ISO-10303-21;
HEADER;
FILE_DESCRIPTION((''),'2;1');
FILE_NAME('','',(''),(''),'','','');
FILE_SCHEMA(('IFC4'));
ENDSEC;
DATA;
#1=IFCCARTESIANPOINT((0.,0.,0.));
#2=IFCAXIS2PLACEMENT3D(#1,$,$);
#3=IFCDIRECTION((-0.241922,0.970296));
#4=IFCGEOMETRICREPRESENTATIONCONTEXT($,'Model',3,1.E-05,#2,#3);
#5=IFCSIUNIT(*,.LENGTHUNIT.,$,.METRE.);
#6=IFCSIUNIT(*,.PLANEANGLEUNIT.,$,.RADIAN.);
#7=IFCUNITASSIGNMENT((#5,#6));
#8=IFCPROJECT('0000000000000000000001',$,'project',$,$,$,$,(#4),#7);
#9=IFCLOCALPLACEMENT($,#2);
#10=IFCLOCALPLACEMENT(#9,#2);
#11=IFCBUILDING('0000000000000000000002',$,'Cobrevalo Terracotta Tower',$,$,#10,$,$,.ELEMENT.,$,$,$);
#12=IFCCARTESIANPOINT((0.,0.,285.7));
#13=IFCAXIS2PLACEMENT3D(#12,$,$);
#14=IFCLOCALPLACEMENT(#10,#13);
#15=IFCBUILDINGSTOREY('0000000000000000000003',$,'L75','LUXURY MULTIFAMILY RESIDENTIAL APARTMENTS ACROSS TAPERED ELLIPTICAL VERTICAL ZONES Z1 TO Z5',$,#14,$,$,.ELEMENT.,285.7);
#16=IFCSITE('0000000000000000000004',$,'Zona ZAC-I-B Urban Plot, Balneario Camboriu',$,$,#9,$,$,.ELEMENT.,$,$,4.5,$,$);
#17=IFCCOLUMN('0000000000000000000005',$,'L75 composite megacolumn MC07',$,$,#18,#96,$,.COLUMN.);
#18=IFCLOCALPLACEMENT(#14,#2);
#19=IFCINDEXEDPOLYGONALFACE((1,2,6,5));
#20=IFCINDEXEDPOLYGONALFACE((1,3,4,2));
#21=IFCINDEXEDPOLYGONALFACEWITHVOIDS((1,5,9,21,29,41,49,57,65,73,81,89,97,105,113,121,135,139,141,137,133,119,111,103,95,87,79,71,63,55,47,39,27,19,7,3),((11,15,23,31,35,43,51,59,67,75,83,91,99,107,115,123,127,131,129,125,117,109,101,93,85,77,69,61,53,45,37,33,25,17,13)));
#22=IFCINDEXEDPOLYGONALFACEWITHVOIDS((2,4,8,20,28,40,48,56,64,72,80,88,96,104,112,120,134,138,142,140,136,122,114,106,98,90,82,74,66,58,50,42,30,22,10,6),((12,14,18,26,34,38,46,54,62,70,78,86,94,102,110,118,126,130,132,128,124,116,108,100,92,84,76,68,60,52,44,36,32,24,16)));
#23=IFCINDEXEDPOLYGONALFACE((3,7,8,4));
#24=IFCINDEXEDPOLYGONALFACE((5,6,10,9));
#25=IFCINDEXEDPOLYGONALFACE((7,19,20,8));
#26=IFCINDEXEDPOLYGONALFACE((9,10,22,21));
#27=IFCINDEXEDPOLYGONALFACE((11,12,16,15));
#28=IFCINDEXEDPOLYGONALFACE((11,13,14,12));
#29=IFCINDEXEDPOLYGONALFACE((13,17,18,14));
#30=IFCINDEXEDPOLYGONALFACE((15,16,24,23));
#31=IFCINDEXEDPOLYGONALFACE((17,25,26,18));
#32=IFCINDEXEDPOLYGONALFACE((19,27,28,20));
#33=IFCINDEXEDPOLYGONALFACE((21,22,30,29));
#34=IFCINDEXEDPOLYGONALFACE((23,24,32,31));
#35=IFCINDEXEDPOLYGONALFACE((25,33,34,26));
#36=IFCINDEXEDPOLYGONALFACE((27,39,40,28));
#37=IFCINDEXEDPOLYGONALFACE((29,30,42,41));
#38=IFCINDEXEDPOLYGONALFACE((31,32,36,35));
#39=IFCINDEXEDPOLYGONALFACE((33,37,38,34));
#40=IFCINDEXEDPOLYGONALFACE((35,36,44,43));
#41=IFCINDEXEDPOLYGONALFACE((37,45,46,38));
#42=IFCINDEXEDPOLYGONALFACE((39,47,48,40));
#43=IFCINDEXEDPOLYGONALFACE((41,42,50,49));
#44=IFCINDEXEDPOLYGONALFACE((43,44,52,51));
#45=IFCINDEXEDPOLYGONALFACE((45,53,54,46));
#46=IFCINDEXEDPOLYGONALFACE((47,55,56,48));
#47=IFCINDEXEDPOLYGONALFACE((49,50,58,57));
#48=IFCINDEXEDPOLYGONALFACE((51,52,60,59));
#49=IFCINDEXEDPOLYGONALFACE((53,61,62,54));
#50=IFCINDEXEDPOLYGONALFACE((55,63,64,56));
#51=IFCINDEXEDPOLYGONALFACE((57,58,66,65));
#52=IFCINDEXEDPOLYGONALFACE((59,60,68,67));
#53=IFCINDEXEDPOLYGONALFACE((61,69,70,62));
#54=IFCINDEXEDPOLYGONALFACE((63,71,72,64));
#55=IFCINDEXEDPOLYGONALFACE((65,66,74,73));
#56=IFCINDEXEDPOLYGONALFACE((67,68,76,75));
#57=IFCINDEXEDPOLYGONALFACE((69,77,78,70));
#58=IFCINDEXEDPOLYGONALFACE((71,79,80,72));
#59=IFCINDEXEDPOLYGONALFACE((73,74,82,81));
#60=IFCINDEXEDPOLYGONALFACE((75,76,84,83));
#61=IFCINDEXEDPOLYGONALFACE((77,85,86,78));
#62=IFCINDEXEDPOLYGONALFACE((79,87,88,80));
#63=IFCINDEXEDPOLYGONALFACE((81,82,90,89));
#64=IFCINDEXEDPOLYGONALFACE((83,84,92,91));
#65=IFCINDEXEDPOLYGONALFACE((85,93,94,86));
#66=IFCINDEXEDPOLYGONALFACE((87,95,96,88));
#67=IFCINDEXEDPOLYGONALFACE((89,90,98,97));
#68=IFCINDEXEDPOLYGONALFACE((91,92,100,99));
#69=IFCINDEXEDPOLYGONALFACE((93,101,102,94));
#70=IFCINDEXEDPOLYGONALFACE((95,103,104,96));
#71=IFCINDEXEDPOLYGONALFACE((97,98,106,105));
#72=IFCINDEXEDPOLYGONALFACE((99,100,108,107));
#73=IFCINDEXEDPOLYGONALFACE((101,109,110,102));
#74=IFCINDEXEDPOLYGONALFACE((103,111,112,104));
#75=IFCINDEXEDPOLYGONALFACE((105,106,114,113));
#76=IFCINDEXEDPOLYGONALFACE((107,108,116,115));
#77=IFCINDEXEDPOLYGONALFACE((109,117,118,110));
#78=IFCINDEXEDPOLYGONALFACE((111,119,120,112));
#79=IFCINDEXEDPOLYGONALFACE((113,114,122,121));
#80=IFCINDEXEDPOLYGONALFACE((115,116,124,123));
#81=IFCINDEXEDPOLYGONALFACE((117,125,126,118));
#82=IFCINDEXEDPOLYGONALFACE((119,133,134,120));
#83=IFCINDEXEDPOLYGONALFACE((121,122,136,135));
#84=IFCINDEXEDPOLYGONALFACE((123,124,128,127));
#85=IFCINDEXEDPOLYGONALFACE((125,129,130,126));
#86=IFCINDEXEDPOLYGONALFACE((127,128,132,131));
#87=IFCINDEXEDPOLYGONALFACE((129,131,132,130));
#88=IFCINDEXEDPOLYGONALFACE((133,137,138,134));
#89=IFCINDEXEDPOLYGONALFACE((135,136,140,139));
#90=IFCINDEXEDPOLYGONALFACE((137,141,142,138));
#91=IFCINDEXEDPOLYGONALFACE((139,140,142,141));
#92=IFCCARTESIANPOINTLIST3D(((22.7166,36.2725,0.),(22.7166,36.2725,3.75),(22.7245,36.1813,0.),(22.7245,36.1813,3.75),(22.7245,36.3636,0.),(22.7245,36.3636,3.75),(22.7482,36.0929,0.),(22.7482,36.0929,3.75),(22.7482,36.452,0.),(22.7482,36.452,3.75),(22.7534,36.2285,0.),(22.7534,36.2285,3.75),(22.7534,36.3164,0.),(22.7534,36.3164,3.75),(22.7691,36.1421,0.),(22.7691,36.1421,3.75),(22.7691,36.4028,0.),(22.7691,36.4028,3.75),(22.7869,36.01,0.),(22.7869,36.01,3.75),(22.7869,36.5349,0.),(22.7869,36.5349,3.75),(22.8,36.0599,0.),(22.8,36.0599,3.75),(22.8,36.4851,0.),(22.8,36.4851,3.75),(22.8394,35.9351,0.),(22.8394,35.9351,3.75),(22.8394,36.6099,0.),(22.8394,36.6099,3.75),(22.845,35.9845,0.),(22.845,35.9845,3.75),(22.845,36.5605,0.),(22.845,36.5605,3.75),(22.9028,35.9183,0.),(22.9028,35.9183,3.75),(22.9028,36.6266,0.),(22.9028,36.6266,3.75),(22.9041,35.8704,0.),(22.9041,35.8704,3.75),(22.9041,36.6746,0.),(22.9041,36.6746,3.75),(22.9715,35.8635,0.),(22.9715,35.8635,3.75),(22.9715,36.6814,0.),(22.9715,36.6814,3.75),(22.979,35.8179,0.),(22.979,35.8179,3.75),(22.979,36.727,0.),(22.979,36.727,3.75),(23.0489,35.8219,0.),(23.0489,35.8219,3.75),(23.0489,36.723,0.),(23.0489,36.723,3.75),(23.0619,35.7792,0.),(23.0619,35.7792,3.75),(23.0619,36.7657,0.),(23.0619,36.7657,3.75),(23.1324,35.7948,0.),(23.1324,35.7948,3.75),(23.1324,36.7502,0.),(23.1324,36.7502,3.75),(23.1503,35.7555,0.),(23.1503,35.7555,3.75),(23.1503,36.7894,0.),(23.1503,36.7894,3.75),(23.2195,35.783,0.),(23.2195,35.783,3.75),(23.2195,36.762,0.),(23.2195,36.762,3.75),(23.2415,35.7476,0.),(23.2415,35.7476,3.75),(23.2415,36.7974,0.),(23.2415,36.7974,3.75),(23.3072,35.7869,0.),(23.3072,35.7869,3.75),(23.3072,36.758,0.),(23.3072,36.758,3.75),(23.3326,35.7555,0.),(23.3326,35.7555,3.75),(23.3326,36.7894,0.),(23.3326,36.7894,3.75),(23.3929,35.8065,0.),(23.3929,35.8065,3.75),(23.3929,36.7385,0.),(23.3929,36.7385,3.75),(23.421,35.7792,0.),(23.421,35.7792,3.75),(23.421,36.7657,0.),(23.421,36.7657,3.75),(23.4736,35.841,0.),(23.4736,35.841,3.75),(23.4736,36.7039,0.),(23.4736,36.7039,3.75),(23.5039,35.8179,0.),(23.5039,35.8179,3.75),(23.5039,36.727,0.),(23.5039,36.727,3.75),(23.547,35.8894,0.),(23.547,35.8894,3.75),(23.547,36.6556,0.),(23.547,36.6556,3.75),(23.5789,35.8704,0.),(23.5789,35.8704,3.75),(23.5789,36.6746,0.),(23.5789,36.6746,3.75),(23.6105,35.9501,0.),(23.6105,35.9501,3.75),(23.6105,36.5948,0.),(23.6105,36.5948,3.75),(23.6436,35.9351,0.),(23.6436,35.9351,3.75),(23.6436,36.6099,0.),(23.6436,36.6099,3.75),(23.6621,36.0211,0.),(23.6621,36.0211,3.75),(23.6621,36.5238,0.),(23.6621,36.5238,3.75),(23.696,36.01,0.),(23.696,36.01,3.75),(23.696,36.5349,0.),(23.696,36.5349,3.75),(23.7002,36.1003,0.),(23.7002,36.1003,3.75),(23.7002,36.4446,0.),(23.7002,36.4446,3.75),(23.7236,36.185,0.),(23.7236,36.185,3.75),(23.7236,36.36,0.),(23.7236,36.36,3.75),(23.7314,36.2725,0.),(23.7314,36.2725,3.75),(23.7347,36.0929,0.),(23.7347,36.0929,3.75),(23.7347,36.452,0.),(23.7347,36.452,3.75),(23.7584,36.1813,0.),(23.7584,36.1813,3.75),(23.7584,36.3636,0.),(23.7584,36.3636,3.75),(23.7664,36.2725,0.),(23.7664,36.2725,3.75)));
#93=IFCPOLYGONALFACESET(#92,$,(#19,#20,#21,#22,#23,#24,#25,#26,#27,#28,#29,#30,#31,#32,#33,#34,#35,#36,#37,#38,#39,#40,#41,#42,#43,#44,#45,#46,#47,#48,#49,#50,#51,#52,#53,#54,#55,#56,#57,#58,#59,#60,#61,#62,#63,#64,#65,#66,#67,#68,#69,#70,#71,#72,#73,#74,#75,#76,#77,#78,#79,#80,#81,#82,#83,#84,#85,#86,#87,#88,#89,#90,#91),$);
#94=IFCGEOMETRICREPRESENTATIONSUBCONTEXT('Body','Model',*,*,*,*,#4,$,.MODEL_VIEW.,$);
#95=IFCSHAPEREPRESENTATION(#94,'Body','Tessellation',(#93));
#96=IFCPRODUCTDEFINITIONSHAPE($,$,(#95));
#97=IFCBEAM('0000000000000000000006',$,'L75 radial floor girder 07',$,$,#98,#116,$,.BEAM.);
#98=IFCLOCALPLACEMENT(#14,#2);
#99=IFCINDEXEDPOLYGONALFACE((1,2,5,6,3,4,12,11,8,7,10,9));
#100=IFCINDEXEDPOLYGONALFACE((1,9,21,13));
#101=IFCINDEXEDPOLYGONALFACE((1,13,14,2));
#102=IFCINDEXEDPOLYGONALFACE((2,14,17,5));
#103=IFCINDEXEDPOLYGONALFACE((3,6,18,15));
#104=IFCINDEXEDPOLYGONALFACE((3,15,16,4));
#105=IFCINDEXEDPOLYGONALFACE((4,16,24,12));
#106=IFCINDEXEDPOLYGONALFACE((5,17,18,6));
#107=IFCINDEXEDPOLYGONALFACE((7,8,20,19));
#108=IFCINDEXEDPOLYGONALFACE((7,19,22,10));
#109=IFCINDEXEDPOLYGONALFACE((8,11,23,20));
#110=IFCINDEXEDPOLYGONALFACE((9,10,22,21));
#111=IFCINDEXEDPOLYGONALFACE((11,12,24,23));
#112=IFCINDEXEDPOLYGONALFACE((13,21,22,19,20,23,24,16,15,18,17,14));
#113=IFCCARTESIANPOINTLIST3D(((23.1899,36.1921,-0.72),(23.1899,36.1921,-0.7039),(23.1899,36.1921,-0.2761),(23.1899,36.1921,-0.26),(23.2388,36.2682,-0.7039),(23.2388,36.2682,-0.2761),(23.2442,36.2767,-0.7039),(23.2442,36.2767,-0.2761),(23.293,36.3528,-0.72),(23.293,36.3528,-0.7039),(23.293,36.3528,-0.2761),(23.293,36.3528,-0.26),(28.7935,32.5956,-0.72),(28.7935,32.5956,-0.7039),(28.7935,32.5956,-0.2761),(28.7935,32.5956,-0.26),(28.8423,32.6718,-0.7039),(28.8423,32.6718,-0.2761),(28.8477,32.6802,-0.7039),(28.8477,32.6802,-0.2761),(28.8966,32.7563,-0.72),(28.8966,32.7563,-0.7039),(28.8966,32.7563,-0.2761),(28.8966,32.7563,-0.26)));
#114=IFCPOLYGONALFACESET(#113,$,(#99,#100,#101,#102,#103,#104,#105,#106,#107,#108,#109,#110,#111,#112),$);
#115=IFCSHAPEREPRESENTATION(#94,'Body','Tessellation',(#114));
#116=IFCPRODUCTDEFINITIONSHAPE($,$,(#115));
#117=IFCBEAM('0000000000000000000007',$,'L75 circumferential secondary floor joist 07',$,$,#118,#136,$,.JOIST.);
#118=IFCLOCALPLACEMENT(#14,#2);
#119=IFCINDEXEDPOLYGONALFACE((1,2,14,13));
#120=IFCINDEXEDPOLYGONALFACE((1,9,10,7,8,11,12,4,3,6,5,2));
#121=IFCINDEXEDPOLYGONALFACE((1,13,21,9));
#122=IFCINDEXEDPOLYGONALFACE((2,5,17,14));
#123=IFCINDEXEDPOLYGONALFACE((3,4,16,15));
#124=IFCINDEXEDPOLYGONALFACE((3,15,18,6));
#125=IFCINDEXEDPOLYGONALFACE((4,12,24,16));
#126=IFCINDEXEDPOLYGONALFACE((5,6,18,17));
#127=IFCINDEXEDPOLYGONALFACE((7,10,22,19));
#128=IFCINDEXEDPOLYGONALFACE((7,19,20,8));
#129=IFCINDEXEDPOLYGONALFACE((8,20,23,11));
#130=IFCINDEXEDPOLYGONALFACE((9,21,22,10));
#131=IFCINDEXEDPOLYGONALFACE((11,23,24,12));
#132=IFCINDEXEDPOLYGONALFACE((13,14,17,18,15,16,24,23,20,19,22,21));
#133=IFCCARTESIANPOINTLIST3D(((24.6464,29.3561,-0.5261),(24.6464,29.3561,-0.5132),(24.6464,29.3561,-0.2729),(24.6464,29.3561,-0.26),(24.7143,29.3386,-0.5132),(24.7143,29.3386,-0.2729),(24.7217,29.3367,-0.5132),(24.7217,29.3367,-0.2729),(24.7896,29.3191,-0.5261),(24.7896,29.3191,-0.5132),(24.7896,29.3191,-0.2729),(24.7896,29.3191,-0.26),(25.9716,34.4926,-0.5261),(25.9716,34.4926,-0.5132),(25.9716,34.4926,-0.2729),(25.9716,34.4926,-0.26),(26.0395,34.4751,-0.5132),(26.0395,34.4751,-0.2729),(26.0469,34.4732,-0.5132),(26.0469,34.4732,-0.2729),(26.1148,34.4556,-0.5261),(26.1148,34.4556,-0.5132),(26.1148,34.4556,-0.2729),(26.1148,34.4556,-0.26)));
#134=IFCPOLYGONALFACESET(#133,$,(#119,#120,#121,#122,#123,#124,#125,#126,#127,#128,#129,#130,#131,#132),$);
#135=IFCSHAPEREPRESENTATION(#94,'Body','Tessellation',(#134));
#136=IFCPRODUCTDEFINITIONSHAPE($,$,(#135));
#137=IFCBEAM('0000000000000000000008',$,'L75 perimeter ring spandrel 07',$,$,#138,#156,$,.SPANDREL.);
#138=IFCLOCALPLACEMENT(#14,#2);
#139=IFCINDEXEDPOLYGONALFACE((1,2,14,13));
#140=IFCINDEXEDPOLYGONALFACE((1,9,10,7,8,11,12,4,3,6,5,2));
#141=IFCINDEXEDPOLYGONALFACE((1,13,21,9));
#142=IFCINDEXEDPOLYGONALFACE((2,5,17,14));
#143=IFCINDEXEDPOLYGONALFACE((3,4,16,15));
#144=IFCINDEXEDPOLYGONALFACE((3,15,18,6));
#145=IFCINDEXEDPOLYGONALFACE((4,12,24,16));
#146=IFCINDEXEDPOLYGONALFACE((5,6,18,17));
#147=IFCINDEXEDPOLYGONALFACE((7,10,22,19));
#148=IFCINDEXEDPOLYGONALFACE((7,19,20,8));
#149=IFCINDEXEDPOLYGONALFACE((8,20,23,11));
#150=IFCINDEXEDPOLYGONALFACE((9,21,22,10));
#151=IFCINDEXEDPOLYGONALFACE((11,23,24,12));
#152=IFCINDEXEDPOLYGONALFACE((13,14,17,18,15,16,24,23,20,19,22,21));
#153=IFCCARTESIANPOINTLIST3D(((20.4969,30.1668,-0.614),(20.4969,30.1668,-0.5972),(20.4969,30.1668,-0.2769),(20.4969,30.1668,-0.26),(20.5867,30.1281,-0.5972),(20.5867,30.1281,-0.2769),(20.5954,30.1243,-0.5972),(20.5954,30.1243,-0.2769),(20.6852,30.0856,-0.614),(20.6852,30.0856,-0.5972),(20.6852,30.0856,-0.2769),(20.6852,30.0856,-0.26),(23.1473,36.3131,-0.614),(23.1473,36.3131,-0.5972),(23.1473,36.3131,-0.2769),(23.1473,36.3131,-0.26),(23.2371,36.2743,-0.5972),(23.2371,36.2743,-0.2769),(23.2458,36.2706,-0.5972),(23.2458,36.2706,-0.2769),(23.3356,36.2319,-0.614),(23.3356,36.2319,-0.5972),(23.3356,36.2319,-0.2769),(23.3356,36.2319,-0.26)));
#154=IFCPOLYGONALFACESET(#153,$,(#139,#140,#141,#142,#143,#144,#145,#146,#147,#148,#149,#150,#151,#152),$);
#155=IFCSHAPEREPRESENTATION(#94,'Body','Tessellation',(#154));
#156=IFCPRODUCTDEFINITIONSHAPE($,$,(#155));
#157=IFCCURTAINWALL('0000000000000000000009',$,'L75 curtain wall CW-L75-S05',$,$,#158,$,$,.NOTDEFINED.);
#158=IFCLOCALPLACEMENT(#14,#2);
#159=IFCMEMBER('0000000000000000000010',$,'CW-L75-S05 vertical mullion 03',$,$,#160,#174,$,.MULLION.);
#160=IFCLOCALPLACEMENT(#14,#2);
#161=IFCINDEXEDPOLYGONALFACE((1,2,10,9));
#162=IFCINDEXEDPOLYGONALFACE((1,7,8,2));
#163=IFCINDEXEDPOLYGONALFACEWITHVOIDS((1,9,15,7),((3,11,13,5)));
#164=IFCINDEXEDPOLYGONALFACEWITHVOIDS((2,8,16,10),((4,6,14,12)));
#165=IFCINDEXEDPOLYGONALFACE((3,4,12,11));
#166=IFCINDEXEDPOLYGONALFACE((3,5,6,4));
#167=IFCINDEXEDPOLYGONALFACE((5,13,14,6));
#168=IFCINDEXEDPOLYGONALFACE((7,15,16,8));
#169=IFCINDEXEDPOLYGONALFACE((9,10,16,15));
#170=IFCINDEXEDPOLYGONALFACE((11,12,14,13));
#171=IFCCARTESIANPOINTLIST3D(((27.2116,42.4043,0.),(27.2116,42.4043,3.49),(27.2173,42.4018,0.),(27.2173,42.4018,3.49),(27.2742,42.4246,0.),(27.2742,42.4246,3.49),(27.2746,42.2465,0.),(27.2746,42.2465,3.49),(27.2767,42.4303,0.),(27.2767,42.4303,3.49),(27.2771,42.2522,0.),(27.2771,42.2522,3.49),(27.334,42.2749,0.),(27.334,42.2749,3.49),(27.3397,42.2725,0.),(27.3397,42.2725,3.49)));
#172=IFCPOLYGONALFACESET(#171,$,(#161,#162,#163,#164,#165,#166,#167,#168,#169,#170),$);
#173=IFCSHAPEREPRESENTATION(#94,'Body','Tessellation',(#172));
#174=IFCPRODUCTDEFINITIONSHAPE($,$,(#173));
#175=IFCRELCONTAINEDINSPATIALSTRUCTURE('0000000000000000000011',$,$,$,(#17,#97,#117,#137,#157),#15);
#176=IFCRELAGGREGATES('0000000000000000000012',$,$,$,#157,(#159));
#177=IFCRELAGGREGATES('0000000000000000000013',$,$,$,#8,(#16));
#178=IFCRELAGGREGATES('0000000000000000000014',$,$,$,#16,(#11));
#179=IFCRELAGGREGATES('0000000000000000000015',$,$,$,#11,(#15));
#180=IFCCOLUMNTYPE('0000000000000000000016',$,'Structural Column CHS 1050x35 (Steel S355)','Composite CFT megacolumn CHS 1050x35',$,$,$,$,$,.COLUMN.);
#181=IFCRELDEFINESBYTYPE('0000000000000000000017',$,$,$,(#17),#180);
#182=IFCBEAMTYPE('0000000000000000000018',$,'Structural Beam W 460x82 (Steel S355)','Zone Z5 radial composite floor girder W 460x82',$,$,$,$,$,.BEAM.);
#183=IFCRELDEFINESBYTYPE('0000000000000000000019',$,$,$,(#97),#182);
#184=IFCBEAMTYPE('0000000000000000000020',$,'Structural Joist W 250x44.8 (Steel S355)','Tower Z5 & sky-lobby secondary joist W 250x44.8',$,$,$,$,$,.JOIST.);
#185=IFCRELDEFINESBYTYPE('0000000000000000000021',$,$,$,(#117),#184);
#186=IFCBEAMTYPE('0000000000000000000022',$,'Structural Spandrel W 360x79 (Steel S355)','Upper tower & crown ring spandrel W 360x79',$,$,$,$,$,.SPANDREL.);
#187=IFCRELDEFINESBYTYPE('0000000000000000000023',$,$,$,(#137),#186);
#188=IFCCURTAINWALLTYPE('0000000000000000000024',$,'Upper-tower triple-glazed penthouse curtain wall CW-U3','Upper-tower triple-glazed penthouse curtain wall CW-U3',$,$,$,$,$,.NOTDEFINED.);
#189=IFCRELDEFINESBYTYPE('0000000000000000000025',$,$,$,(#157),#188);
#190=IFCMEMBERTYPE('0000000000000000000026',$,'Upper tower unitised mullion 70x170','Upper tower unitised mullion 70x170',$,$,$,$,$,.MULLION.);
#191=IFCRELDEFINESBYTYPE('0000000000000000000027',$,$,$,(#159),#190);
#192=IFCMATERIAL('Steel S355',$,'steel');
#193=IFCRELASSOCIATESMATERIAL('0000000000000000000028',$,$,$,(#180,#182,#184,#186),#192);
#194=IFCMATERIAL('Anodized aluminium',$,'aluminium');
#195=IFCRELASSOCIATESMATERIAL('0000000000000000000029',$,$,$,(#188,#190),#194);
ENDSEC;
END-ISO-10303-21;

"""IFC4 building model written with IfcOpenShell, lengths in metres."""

from ifc_helpers import new_model, si_unit, direction, frame, origin, origin_2d, place, context, subcontext, project, spatial, hollow_rectangle, hollow_circle, i_section, extrude, source, transform, mapped, material, material_profile, profile_set, type_object, element, aggregate, save


model = new_model("IFC4")

# Units and contexts
model_context = context("Model", 3, precision=1e-05, world=origin(), true_north=direction((-0.241922, 0.970296)))
body_context = subcontext(model_context, "Body", "Model", "MODEL_VIEW")
ifc_project = project(units=[si_unit("LENGTHUNIT", "METRE"), si_unit("PLANEANGLEUNIT", "RADIAN")], contexts=[model_context])

# Site, building, storey
site_placement = place(None, origin())
site = spatial("IfcSite", under=ifc_project, at=site_placement, Name="Zona ZAC-I-B Urban Plot, Balneario Camboriu", CompositionType="ELEMENT", RefElevation=4.5)
building_placement = place(site_placement, origin())
building = spatial("IfcBuilding", under=site, at=building_placement, Name="Cobrevalo Terracotta Tower", CompositionType="ELEMENT")
storey_placement = place(building_placement, frame((0.0, 0.0, 285.7)))
storey = spatial("IfcBuildingStorey", under=building, at=storey_placement, Name="L75", Description="LUXURY MULTIFAMILY RESIDENTIAL APARTMENTS ACROSS TAPERED ELLIPTICAL VERTICAL ZONES Z1 TO Z5", CompositionType="ELEMENT", Elevation=285.7)

# Column
ifc_material_1 = material(Name="Steel S355", Category="steel")
ifc_material_profile_1 = material_profile(ifc_material_1, hollow_circle(Radius=0.5249, WallThickness=0.0349, at=origin_2d()), Name="CHS 1050x35")
ifc_profile_set_1 = profile_set([ifc_material_profile_1], Name="Steel S355")
column_type = type_object("IfcColumnType", Name="Structural Column CHS 1050x35 (Steel S355)", Description="Composite CFT megacolumn CHS 1050x35", PredefinedType="COLUMN", material=ifc_profile_set_1)
column_placement = place(storey_placement, frame((23.2415, 36.2725, 0.0), z_axis=(0.0, 0.0, 1.0), x_axis=(1.0, 0.0, 0.0)))
element("IfcColumn", 1, at=column_placement, inside=storey, type_object=column_type, Name="L75 composite megacolumn MC07", PredefinedType="COLUMN", context=body_context, shape_type="SweptSolid", body=[
    extrude(hollow_circle(Radius=0.5249, WallThickness=0.0349, at=origin_2d()), origin(), (0.0, 0.0, 1.0), 3.75),
])

# Beams
ifc_material_profile_2 = material_profile(ifc_material_1, i_section(OverallWidth=0.1909, OverallDepth=0.46, WebThickness=0.01, FlangeThickness=0.0161, at=origin_2d()), Name="W 460x82")
ifc_profile_set_2 = profile_set([ifc_material_profile_2], Name="Steel S355")
beam_type_1 = type_object("IfcBeamType", Name="Structural Beam W 460x82 (Steel S355)", Description="Zone Z5 radial composite floor girder W 460x82", PredefinedType="BEAM", material=ifc_profile_set_2)
beam_1_placement = place(storey_placement, frame((23.2415, 36.2725, -0.49), z_axis=(0.841576, -0.540138, 0.0), x_axis=(0.540138, 0.841576, 0.0)))
element("IfcBeam", 2, at=beam_1_placement, inside=storey, type_object=beam_type_1, Name="L75 radial floor girder 07", PredefinedType="BEAM", context=body_context, shape_type="SweptSolid", body=[
    extrude(i_section(OverallWidth=0.1909, OverallDepth=0.46, WebThickness=0.01, FlangeThickness=0.0161, at=origin_2d()), origin(), (0.0, 0.0, 1.0), 6.6584),
])
ifc_material_profile_3 = material_profile(ifc_material_1, i_section(OverallWidth=0.1479, OverallDepth=0.2661, WebThickness=0.0076, FlangeThickness=0.0129, at=origin_2d()), Name="W 250x44.8")
ifc_profile_set_3 = profile_set([ifc_material_profile_3], Name="Steel S355")
beam_type_2 = type_object("IfcBeamType", Name="Structural Joist W 250x44.8 (Steel S355)", Description="Tower Z5 & sky-lobby secondary joist W 250x44.8", PredefinedType="JOIST", material=ifc_profile_set_3)
beam_2_placement = place(storey_placement, frame((26.0432, 34.4741, -0.3931), z_axis=(-0.249817, -0.968293, 0.0), x_axis=(0.968293, -0.249817, 0.0)))
element("IfcBeam", 3, at=beam_2_placement, inside=storey, type_object=beam_type_2, Name="L75 circumferential secondary floor joist 07", PredefinedType="JOIST", context=body_context, shape_type="SweptSolid", body=[
    extrude(i_section(OverallWidth=0.1479, OverallDepth=0.2661, WebThickness=0.0076, FlangeThickness=0.0129, at=origin_2d()), origin(), (0.0, 0.0, 1.0), 5.3047),
])
ifc_material_profile_4 = material_profile(ifc_material_1, i_section(OverallWidth=0.2051, OverallDepth=0.354, WebThickness=0.0095, FlangeThickness=0.0168, at=origin_2d()), Name="W 360x79")
ifc_profile_set_4 = profile_set([ifc_material_profile_4], Name="Steel S355")
beam_type_3 = type_object("IfcBeamType", Name="Structural Spandrel W 360x79 (Steel S355)", Description="Upper tower & crown ring spandrel W 360x79", PredefinedType="SPANDREL", material=ifc_profile_set_4)
beam_3_placement = place(storey_placement, frame((23.2415, 36.2725, -0.437), z_axis=(-0.395974, -0.918262, 0.0), x_axis=(0.918262, -0.395974, 0.0)))
element("IfcBeam", 4, at=beam_3_placement, inside=storey, type_object=beam_type_3, Name="L75 perimeter ring spandrel 07", PredefinedType="SPANDREL", context=body_context, shape_type="SweptSolid", body=[
    extrude(i_section(OverallWidth=0.2051, OverallDepth=0.354, WebThickness=0.0095, FlangeThickness=0.0168, at=origin_2d()), origin(), (0.0, 0.0, 1.0), 6.6934),
])

# Curtain wall, member
ifc_material_2 = material(Name="Anodized aluminium", Category="aluminium")
curtain_wall_type = type_object("IfcCurtainWallType", Name="Upper-tower triple-glazed penthouse curtain wall CW-U3", Description="Upper-tower triple-glazed penthouse curtain wall CW-U3", PredefinedType="NOTDEFINED", material=ifc_material_2)
curtain_wall_1_placement = place(storey_placement, origin())
curtain_wall_1 = element("IfcCurtainWall", 5, at=curtain_wall_1_placement, inside=storey, type_object=curtain_wall_type, Name="L75 curtain wall CW-L75-S05", PredefinedType="NOTDEFINED")
ifc_material_profile_5 = material_profile(ifc_material_2, hollow_rectangle(XDim=0.0701, YDim=0.1699, WallThickness=0.0044, at=origin_2d()), Name="CWM 70x170")
ifc_profile_set_5 = profile_set([ifc_material_profile_5], Name="Anodized aluminium")
member_type_1 = type_object("IfcMemberType", Name="Upper tower unitised mullion 70x170", Description="Upper tower unitised mullion 70x170", PredefinedType="MULLION", material=ifc_profile_set_5)
shared_shape_1 = source(origin(), body_context, "Body", "SweptSolid", [
    extrude(hollow_rectangle(XDim=0.0701, YDim=0.1699, WallThickness=0.0044, at=origin_2d()), origin(), (0.0, 0.0, 1.0), 3.49),
])
member_1_placement = place(storey_placement, frame((27.2756, 42.3384, 0.0), z_axis=(0.0, 0.0, 1.0), x_axis=(-0.928719, -0.370784, 0.0)))
member_1 = element("IfcMember", 6, at=member_1_placement, type_object=member_type_1, Name="CW-L75-S05 vertical mullion 03", PredefinedType="MULLION", context=body_context, shape_type="MappedRepresentation", body=[
    mapped(shared_shape_1, transform((0.0, 0.0, 0.0), scale=1.0)),
])
aggregate(curtain_wall_1, [member_1])

save(model, "model.ifc")
